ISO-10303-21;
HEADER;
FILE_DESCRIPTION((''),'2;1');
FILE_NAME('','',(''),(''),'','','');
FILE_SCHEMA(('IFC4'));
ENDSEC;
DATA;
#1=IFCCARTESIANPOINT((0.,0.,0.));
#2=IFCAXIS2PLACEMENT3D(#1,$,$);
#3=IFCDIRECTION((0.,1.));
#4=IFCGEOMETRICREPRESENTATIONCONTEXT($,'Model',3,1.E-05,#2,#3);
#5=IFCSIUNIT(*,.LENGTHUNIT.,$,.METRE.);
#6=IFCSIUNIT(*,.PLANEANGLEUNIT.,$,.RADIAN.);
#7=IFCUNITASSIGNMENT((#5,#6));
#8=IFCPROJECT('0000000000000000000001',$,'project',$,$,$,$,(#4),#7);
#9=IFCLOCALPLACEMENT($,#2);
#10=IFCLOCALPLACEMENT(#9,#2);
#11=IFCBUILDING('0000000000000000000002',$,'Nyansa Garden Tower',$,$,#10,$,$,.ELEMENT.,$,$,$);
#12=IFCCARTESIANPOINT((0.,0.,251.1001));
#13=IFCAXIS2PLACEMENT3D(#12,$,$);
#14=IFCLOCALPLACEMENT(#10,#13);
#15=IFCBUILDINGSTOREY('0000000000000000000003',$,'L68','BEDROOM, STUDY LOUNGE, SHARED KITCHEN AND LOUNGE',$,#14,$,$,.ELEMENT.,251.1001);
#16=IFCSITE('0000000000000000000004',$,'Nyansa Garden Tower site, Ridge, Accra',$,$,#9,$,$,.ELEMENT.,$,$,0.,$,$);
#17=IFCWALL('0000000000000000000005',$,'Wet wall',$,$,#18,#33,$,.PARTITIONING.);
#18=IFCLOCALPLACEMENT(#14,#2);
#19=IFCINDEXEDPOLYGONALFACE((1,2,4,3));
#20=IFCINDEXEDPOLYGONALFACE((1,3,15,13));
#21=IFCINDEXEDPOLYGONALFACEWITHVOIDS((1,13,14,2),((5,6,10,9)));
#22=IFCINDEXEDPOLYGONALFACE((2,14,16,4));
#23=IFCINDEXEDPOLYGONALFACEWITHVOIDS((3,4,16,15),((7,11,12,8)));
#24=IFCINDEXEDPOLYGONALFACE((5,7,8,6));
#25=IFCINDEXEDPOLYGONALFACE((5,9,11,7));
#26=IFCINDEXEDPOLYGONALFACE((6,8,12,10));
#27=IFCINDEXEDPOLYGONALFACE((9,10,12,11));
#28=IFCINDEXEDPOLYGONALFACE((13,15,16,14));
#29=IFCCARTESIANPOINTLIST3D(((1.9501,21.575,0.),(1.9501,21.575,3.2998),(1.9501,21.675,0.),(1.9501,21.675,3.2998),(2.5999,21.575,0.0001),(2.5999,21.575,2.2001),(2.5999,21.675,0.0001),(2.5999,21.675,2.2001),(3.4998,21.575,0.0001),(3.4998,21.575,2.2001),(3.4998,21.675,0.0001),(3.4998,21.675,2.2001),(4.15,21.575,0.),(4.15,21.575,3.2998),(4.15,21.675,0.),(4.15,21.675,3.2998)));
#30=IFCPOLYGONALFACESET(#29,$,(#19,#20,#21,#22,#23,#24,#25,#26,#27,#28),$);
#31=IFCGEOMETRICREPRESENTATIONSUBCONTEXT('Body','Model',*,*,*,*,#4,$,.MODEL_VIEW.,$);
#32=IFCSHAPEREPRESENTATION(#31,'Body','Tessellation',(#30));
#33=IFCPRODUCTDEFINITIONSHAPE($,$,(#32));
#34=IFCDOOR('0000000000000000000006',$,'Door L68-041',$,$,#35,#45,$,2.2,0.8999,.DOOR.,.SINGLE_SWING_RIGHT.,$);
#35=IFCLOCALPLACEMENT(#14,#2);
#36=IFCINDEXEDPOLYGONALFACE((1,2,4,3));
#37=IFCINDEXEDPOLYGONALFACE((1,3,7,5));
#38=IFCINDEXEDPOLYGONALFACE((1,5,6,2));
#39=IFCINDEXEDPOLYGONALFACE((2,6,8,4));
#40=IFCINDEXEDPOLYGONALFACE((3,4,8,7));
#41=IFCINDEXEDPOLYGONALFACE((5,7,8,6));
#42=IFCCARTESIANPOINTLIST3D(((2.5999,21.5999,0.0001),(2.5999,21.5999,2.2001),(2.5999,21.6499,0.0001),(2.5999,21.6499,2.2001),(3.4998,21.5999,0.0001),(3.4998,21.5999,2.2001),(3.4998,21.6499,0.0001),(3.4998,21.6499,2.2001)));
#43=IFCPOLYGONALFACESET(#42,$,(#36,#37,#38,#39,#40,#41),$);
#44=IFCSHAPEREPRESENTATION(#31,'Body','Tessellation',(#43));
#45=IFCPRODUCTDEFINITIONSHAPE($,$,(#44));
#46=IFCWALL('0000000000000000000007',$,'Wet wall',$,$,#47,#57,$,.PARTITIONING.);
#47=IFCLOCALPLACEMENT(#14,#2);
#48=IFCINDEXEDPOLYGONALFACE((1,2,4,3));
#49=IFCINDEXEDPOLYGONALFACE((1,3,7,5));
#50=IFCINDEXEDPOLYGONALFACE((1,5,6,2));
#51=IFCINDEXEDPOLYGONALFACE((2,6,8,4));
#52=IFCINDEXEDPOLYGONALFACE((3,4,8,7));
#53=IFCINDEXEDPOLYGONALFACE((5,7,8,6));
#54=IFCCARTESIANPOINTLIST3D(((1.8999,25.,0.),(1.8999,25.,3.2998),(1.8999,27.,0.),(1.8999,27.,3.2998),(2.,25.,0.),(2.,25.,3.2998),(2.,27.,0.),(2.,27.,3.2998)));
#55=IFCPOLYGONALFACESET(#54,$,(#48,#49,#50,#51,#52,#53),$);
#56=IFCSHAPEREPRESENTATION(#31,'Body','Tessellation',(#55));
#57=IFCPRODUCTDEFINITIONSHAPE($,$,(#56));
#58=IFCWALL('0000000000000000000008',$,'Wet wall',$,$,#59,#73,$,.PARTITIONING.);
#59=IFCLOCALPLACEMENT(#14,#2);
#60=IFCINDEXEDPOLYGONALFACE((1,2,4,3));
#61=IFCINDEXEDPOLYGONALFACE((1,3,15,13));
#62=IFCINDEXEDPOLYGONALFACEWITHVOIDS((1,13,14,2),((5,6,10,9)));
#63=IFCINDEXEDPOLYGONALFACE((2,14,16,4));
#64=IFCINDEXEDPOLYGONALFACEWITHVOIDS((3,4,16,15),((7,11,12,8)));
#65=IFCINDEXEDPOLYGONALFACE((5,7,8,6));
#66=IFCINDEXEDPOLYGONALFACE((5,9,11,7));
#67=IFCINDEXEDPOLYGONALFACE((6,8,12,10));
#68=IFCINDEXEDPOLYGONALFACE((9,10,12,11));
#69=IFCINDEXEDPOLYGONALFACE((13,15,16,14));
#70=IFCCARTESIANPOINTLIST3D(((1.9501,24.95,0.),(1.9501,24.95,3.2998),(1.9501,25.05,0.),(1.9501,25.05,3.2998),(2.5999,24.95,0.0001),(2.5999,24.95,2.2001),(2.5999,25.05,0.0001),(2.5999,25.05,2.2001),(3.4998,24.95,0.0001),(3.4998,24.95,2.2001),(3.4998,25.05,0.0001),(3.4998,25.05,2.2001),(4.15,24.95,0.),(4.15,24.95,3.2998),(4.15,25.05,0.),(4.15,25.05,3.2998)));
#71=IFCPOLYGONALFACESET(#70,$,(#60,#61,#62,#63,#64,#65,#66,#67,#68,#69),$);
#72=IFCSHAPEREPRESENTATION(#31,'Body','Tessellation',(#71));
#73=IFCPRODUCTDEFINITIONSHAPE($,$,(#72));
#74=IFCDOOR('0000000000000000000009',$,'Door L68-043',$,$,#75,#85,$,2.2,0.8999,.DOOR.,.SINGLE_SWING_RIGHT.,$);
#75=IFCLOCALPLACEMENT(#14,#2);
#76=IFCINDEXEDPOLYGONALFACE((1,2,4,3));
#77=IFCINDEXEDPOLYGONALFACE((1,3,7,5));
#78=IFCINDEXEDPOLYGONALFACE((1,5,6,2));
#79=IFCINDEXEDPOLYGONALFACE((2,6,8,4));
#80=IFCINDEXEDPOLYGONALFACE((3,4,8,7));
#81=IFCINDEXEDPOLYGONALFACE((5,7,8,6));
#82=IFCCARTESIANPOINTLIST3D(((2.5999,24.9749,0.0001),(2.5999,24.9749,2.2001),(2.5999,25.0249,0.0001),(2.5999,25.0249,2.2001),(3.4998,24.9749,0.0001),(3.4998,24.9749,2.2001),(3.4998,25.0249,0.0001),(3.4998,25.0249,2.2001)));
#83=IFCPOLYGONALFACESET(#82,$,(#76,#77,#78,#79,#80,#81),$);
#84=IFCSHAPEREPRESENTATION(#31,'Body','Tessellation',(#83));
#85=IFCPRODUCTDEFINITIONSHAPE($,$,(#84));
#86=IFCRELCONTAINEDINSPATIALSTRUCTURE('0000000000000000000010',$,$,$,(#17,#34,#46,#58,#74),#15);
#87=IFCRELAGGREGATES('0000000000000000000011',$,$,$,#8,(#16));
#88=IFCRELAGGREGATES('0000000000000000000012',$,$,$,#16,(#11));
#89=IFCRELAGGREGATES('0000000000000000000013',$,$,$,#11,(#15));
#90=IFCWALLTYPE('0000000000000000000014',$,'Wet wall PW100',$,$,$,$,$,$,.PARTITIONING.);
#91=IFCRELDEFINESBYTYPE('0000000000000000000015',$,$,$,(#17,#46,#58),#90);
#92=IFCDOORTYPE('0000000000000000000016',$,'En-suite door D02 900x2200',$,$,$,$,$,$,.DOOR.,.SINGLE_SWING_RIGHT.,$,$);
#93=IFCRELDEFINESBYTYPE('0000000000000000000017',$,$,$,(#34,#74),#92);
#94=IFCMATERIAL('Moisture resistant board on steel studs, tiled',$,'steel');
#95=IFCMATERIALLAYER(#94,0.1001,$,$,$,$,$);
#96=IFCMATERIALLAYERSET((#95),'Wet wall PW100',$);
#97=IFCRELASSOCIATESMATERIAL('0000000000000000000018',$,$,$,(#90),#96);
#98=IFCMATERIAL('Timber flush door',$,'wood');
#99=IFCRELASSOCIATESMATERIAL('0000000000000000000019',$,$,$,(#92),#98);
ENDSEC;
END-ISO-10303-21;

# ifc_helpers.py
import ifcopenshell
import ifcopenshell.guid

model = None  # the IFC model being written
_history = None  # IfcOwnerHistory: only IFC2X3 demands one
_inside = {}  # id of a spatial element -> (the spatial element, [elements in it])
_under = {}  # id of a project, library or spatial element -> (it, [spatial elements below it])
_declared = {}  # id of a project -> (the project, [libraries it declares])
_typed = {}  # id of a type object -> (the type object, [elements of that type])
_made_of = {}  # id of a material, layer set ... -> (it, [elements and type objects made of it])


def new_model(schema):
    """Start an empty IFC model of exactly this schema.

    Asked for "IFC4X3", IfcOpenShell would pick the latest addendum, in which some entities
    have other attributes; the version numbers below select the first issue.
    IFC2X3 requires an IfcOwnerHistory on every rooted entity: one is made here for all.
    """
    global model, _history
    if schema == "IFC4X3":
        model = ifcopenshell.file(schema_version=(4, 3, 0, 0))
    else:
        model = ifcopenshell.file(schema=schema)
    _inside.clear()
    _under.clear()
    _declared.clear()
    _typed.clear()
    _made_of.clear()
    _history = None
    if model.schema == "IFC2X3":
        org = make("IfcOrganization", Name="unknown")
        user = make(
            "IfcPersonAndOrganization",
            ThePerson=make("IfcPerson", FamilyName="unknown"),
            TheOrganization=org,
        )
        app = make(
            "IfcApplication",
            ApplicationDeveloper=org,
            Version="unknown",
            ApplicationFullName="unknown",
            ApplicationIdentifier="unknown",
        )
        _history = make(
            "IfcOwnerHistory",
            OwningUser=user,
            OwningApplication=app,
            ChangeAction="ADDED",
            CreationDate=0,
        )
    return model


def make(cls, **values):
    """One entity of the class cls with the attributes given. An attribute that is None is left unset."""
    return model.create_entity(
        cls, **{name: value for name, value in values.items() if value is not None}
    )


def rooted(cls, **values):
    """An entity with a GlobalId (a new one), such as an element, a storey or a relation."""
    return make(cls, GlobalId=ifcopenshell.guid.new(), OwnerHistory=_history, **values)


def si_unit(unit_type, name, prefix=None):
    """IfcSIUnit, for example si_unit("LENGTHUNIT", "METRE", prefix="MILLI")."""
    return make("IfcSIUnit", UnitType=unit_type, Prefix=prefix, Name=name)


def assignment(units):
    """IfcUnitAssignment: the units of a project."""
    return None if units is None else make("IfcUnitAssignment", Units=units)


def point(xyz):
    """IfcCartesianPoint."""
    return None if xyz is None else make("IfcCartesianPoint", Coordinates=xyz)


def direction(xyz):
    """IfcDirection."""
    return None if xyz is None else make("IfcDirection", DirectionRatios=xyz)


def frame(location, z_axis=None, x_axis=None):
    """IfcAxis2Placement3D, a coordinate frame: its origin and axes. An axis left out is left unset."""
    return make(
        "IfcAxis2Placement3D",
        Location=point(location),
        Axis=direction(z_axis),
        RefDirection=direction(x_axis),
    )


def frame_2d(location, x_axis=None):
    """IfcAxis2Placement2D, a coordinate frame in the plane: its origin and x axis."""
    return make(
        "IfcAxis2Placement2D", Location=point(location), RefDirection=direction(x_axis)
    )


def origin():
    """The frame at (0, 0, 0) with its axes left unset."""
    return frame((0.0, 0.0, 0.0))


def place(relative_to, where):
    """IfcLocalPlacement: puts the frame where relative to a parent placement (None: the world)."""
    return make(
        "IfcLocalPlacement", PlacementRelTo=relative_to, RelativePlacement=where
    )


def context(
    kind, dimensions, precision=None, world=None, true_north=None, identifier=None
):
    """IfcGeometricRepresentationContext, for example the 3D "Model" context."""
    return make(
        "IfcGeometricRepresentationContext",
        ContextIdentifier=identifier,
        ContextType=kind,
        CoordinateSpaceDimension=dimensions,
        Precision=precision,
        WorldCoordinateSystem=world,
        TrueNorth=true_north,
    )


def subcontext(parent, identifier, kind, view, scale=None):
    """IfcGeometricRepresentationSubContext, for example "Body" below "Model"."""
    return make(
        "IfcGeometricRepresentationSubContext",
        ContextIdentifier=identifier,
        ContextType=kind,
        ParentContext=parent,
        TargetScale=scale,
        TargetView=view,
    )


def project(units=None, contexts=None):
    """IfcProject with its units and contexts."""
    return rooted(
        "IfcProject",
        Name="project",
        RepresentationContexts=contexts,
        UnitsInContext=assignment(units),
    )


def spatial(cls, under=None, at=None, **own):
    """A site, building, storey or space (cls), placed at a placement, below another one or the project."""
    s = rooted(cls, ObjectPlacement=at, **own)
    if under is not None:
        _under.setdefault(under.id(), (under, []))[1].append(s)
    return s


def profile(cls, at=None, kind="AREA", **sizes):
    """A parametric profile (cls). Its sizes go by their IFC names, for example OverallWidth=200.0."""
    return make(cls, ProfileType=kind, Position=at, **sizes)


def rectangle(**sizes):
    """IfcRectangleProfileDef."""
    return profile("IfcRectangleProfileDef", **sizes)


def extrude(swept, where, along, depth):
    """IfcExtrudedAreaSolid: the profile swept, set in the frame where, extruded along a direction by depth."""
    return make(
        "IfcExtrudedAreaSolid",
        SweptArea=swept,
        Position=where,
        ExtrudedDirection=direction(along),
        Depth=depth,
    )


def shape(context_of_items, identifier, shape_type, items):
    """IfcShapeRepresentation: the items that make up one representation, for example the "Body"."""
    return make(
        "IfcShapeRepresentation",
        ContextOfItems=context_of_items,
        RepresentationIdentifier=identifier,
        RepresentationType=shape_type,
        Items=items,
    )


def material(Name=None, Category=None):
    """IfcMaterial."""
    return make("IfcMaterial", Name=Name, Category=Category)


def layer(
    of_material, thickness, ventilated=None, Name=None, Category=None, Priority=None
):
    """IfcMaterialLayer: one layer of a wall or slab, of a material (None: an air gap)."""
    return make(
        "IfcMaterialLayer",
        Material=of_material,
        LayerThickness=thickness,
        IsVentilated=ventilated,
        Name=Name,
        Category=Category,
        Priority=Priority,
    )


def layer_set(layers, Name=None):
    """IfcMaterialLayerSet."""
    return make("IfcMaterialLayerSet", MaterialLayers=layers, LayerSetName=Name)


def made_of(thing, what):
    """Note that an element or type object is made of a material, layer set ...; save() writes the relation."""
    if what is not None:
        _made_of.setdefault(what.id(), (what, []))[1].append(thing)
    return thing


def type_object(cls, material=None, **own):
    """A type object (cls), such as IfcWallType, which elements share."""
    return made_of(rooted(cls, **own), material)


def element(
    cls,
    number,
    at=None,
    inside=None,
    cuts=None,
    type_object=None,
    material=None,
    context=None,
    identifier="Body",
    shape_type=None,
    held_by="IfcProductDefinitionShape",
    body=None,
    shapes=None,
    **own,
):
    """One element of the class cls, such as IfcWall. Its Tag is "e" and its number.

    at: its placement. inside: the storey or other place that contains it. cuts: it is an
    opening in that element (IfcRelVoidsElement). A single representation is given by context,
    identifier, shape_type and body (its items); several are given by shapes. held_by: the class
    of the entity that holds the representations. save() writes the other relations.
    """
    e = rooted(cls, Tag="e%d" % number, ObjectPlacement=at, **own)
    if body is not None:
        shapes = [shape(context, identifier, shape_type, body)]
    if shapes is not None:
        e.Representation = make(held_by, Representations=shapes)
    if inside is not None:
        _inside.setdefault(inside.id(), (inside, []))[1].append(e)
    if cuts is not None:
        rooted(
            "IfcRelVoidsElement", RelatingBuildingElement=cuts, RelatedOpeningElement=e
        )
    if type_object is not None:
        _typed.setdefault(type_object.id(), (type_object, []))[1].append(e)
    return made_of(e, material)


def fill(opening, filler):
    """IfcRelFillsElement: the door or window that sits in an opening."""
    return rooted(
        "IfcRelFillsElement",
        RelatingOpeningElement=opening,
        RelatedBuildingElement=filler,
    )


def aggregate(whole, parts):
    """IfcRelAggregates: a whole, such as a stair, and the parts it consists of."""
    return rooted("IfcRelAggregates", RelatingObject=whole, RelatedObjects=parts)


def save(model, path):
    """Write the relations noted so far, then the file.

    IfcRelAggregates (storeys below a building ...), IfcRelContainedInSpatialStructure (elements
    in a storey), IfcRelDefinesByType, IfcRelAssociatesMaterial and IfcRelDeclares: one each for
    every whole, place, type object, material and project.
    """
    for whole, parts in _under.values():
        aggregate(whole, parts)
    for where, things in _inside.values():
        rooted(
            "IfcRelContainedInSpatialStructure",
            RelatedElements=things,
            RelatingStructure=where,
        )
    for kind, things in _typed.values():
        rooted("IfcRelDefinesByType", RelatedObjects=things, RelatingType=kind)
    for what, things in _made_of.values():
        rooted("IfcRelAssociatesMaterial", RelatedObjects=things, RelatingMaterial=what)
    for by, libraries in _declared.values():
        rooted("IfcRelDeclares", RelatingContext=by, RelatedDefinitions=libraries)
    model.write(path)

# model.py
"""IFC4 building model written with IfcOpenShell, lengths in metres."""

from ifc_helpers import new_model, si_unit, direction, frame, frame_2d, origin, place, context, subcontext, project, spatial, rectangle, extrude, material, layer, layer_set, type_object, element, fill, save


model = new_model("IFC4")

# Units and contexts
model_context = context("Model", 3, precision=1e-05, world=origin(), true_north=direction((0.0, 1.0)))
body_context = subcontext(model_context, "Body", "Model", "MODEL_VIEW")
ifc_project = project(units=[si_unit("LENGTHUNIT", "METRE"), si_unit("PLANEANGLEUNIT", "RADIAN")], contexts=[model_context])

# Site, building, storey
site_placement = place(None, origin())
site = spatial("IfcSite", under=ifc_project, at=site_placement, Name="Nyansa Garden Tower site, Ridge, Accra", CompositionType="ELEMENT", RefElevation=0.0)
building_placement = place(site_placement, origin())
building = spatial("IfcBuilding", under=site, at=building_placement, Name="Nyansa Garden Tower", CompositionType="ELEMENT")
storey_placement = place(building_placement, frame((0.0, 0.0, 251.1001)))
storey = spatial("IfcBuildingStorey", under=building, at=storey_placement, Name="L68", Description="BEDROOM, STUDY LOUNGE, SHARED KITCHEN AND LOUNGE", CompositionType="ELEMENT", Elevation=251.1001)

# Shared definitions
ifc_material_1 = material(Name="Moisture resistant board on steel studs, tiled", Category="steel")
ifc_layer_1 = layer(ifc_material_1, 0.1001)
ifc_layer_set_1 = layer_set([ifc_layer_1], Name="Wet wall PW100")
wall_type_1 = type_object("IfcWallType", Name="Wet wall PW100", PredefinedType="PARTITIONING", material=ifc_layer_set_1)
ifc_material_2 = material(Name="Timber flush door", Category="wood")
door_type_1 = type_object("IfcDoorType", Name="En-suite door D02 900x2200", OperationType="SINGLE_SWING_RIGHT", PredefinedType="DOOR", material=ifc_material_2)

# Wall, opening, door
wall_1_placement = place(storey_placement, frame((1.95, 21.625, 0.0), z_axis=(0.0, 0.0, 1.0), x_axis=(1.0, 0.0, 0.0)))
wall_1 = element("IfcWall", 1, at=wall_1_placement, inside=storey, type_object=wall_type_1, Name="Wet wall", PredefinedType="PARTITIONING", context=body_context, shape_type="SweptSolid", body=[
    extrude(rectangle(XDim=2.2, YDim=0.1001, at=frame_2d((1.1001, 0.0))), origin(), (0.0, 0.0, 1.0), 3.2998),
])
opening_1_placement = place(wall_1_placement, frame((0.6499, 0.0, 0.0)))
opening_1 = element("IfcOpeningElement", 2, at=opening_1_placement, cuts=wall_1, PredefinedType="OPENING", context=body_context, shape_type="SweptSolid", body=[
    extrude(rectangle(XDim=0.8999, YDim=2.2, at=frame_2d((0.45, 1.1001))), frame((0.0, 0.0601, 0.0), z_axis=(0.0, -1.0, 0.0), x_axis=(1.0, 0.0, 0.0)), (0.0, 0.0, 1.0), 0.1201),
])
door_1_placement = place(opening_1_placement, origin())
door_1 = element("IfcDoor", 3, at=door_1_placement, inside=storey, type_object=door_type_1, Name="Door L68-041", OperationType="SINGLE_SWING_RIGHT", OverallHeight=2.2, OverallWidth=0.8999, PredefinedType="DOOR", context=body_context, shape_type="SweptSolid", body=[
    extrude(rectangle(XDim=0.8999, YDim=2.2, at=frame_2d((0.45, 1.1001))), frame((0.0, 0.0249, 0.0), z_axis=(0.0, -1.0, 0.0), x_axis=(1.0, 0.0, 0.0)), (0.0, 0.0, 1.0), 0.05),
])
fill(opening_1, door_1)

# Wall
wall_2_placement = place(storey_placement, frame((1.95, 25.0, 0.0), z_axis=(0.0, 0.0, 1.0), x_axis=(0.0, 1.0, 0.0)))
element("IfcWall", 4, at=wall_2_placement, inside=storey, type_object=wall_type_1, Name="Wet wall", PredefinedType="PARTITIONING", context=body_context, shape_type="SweptSolid", body=[
    extrude(rectangle(XDim=2.0, YDim=0.1001, at=frame_2d((1.0, 0.0))), origin(), (0.0, 0.0, 1.0), 3.2998),
])

# Wall, opening, door
wall_3_placement = place(storey_placement, frame((1.95, 25.0, 0.0), z_axis=(0.0, 0.0, 1.0), x_axis=(1.0, 0.0, 0.0)))
wall_3 = element("IfcWall", 5, at=wall_3_placement, inside=storey, type_object=wall_type_1, Name="Wet wall", PredefinedType="PARTITIONING", context=body_context, shape_type="SweptSolid", body=[
    extrude(rectangle(XDim=2.2, YDim=0.1001, at=frame_2d((1.1001, 0.0))), origin(), (0.0, 0.0, 1.0), 3.2998),
])
opening_2_placement = place(wall_3_placement, frame((0.6499, 0.0, 0.0)))
opening_2 = element("IfcOpeningElement", 6, at=opening_2_placement, cuts=wall_3, PredefinedType="OPENING", context=body_context, shape_type="SweptSolid", body=[
    extrude(rectangle(XDim=0.8999, YDim=2.2, at=frame_2d((0.45, 1.1001))), frame((0.0, 0.0601, 0.0), z_axis=(0.0, -1.0, 0.0), x_axis=(1.0, 0.0, 0.0)), (0.0, 0.0, 1.0), 0.1201),
])
door_2_placement = place(opening_2_placement, origin())
door_2 = element("IfcDoor", 7, at=door_2_placement, inside=storey, type_object=door_type_1, Name="Door L68-043", OperationType="SINGLE_SWING_RIGHT", OverallHeight=2.2, OverallWidth=0.8999, PredefinedType="DOOR", context=body_context, shape_type="SweptSolid", body=[
    extrude(rectangle(XDim=0.8999, YDim=2.2, at=frame_2d((0.45, 1.1001))), frame((0.0, 0.0249, 0.0), z_axis=(0.0, -1.0, 0.0), x_axis=(1.0, 0.0, 0.0)), (0.0, 0.0, 1.0), 0.05),
])
fill(opening_2, door_2)

save(model, "model.ifc")
